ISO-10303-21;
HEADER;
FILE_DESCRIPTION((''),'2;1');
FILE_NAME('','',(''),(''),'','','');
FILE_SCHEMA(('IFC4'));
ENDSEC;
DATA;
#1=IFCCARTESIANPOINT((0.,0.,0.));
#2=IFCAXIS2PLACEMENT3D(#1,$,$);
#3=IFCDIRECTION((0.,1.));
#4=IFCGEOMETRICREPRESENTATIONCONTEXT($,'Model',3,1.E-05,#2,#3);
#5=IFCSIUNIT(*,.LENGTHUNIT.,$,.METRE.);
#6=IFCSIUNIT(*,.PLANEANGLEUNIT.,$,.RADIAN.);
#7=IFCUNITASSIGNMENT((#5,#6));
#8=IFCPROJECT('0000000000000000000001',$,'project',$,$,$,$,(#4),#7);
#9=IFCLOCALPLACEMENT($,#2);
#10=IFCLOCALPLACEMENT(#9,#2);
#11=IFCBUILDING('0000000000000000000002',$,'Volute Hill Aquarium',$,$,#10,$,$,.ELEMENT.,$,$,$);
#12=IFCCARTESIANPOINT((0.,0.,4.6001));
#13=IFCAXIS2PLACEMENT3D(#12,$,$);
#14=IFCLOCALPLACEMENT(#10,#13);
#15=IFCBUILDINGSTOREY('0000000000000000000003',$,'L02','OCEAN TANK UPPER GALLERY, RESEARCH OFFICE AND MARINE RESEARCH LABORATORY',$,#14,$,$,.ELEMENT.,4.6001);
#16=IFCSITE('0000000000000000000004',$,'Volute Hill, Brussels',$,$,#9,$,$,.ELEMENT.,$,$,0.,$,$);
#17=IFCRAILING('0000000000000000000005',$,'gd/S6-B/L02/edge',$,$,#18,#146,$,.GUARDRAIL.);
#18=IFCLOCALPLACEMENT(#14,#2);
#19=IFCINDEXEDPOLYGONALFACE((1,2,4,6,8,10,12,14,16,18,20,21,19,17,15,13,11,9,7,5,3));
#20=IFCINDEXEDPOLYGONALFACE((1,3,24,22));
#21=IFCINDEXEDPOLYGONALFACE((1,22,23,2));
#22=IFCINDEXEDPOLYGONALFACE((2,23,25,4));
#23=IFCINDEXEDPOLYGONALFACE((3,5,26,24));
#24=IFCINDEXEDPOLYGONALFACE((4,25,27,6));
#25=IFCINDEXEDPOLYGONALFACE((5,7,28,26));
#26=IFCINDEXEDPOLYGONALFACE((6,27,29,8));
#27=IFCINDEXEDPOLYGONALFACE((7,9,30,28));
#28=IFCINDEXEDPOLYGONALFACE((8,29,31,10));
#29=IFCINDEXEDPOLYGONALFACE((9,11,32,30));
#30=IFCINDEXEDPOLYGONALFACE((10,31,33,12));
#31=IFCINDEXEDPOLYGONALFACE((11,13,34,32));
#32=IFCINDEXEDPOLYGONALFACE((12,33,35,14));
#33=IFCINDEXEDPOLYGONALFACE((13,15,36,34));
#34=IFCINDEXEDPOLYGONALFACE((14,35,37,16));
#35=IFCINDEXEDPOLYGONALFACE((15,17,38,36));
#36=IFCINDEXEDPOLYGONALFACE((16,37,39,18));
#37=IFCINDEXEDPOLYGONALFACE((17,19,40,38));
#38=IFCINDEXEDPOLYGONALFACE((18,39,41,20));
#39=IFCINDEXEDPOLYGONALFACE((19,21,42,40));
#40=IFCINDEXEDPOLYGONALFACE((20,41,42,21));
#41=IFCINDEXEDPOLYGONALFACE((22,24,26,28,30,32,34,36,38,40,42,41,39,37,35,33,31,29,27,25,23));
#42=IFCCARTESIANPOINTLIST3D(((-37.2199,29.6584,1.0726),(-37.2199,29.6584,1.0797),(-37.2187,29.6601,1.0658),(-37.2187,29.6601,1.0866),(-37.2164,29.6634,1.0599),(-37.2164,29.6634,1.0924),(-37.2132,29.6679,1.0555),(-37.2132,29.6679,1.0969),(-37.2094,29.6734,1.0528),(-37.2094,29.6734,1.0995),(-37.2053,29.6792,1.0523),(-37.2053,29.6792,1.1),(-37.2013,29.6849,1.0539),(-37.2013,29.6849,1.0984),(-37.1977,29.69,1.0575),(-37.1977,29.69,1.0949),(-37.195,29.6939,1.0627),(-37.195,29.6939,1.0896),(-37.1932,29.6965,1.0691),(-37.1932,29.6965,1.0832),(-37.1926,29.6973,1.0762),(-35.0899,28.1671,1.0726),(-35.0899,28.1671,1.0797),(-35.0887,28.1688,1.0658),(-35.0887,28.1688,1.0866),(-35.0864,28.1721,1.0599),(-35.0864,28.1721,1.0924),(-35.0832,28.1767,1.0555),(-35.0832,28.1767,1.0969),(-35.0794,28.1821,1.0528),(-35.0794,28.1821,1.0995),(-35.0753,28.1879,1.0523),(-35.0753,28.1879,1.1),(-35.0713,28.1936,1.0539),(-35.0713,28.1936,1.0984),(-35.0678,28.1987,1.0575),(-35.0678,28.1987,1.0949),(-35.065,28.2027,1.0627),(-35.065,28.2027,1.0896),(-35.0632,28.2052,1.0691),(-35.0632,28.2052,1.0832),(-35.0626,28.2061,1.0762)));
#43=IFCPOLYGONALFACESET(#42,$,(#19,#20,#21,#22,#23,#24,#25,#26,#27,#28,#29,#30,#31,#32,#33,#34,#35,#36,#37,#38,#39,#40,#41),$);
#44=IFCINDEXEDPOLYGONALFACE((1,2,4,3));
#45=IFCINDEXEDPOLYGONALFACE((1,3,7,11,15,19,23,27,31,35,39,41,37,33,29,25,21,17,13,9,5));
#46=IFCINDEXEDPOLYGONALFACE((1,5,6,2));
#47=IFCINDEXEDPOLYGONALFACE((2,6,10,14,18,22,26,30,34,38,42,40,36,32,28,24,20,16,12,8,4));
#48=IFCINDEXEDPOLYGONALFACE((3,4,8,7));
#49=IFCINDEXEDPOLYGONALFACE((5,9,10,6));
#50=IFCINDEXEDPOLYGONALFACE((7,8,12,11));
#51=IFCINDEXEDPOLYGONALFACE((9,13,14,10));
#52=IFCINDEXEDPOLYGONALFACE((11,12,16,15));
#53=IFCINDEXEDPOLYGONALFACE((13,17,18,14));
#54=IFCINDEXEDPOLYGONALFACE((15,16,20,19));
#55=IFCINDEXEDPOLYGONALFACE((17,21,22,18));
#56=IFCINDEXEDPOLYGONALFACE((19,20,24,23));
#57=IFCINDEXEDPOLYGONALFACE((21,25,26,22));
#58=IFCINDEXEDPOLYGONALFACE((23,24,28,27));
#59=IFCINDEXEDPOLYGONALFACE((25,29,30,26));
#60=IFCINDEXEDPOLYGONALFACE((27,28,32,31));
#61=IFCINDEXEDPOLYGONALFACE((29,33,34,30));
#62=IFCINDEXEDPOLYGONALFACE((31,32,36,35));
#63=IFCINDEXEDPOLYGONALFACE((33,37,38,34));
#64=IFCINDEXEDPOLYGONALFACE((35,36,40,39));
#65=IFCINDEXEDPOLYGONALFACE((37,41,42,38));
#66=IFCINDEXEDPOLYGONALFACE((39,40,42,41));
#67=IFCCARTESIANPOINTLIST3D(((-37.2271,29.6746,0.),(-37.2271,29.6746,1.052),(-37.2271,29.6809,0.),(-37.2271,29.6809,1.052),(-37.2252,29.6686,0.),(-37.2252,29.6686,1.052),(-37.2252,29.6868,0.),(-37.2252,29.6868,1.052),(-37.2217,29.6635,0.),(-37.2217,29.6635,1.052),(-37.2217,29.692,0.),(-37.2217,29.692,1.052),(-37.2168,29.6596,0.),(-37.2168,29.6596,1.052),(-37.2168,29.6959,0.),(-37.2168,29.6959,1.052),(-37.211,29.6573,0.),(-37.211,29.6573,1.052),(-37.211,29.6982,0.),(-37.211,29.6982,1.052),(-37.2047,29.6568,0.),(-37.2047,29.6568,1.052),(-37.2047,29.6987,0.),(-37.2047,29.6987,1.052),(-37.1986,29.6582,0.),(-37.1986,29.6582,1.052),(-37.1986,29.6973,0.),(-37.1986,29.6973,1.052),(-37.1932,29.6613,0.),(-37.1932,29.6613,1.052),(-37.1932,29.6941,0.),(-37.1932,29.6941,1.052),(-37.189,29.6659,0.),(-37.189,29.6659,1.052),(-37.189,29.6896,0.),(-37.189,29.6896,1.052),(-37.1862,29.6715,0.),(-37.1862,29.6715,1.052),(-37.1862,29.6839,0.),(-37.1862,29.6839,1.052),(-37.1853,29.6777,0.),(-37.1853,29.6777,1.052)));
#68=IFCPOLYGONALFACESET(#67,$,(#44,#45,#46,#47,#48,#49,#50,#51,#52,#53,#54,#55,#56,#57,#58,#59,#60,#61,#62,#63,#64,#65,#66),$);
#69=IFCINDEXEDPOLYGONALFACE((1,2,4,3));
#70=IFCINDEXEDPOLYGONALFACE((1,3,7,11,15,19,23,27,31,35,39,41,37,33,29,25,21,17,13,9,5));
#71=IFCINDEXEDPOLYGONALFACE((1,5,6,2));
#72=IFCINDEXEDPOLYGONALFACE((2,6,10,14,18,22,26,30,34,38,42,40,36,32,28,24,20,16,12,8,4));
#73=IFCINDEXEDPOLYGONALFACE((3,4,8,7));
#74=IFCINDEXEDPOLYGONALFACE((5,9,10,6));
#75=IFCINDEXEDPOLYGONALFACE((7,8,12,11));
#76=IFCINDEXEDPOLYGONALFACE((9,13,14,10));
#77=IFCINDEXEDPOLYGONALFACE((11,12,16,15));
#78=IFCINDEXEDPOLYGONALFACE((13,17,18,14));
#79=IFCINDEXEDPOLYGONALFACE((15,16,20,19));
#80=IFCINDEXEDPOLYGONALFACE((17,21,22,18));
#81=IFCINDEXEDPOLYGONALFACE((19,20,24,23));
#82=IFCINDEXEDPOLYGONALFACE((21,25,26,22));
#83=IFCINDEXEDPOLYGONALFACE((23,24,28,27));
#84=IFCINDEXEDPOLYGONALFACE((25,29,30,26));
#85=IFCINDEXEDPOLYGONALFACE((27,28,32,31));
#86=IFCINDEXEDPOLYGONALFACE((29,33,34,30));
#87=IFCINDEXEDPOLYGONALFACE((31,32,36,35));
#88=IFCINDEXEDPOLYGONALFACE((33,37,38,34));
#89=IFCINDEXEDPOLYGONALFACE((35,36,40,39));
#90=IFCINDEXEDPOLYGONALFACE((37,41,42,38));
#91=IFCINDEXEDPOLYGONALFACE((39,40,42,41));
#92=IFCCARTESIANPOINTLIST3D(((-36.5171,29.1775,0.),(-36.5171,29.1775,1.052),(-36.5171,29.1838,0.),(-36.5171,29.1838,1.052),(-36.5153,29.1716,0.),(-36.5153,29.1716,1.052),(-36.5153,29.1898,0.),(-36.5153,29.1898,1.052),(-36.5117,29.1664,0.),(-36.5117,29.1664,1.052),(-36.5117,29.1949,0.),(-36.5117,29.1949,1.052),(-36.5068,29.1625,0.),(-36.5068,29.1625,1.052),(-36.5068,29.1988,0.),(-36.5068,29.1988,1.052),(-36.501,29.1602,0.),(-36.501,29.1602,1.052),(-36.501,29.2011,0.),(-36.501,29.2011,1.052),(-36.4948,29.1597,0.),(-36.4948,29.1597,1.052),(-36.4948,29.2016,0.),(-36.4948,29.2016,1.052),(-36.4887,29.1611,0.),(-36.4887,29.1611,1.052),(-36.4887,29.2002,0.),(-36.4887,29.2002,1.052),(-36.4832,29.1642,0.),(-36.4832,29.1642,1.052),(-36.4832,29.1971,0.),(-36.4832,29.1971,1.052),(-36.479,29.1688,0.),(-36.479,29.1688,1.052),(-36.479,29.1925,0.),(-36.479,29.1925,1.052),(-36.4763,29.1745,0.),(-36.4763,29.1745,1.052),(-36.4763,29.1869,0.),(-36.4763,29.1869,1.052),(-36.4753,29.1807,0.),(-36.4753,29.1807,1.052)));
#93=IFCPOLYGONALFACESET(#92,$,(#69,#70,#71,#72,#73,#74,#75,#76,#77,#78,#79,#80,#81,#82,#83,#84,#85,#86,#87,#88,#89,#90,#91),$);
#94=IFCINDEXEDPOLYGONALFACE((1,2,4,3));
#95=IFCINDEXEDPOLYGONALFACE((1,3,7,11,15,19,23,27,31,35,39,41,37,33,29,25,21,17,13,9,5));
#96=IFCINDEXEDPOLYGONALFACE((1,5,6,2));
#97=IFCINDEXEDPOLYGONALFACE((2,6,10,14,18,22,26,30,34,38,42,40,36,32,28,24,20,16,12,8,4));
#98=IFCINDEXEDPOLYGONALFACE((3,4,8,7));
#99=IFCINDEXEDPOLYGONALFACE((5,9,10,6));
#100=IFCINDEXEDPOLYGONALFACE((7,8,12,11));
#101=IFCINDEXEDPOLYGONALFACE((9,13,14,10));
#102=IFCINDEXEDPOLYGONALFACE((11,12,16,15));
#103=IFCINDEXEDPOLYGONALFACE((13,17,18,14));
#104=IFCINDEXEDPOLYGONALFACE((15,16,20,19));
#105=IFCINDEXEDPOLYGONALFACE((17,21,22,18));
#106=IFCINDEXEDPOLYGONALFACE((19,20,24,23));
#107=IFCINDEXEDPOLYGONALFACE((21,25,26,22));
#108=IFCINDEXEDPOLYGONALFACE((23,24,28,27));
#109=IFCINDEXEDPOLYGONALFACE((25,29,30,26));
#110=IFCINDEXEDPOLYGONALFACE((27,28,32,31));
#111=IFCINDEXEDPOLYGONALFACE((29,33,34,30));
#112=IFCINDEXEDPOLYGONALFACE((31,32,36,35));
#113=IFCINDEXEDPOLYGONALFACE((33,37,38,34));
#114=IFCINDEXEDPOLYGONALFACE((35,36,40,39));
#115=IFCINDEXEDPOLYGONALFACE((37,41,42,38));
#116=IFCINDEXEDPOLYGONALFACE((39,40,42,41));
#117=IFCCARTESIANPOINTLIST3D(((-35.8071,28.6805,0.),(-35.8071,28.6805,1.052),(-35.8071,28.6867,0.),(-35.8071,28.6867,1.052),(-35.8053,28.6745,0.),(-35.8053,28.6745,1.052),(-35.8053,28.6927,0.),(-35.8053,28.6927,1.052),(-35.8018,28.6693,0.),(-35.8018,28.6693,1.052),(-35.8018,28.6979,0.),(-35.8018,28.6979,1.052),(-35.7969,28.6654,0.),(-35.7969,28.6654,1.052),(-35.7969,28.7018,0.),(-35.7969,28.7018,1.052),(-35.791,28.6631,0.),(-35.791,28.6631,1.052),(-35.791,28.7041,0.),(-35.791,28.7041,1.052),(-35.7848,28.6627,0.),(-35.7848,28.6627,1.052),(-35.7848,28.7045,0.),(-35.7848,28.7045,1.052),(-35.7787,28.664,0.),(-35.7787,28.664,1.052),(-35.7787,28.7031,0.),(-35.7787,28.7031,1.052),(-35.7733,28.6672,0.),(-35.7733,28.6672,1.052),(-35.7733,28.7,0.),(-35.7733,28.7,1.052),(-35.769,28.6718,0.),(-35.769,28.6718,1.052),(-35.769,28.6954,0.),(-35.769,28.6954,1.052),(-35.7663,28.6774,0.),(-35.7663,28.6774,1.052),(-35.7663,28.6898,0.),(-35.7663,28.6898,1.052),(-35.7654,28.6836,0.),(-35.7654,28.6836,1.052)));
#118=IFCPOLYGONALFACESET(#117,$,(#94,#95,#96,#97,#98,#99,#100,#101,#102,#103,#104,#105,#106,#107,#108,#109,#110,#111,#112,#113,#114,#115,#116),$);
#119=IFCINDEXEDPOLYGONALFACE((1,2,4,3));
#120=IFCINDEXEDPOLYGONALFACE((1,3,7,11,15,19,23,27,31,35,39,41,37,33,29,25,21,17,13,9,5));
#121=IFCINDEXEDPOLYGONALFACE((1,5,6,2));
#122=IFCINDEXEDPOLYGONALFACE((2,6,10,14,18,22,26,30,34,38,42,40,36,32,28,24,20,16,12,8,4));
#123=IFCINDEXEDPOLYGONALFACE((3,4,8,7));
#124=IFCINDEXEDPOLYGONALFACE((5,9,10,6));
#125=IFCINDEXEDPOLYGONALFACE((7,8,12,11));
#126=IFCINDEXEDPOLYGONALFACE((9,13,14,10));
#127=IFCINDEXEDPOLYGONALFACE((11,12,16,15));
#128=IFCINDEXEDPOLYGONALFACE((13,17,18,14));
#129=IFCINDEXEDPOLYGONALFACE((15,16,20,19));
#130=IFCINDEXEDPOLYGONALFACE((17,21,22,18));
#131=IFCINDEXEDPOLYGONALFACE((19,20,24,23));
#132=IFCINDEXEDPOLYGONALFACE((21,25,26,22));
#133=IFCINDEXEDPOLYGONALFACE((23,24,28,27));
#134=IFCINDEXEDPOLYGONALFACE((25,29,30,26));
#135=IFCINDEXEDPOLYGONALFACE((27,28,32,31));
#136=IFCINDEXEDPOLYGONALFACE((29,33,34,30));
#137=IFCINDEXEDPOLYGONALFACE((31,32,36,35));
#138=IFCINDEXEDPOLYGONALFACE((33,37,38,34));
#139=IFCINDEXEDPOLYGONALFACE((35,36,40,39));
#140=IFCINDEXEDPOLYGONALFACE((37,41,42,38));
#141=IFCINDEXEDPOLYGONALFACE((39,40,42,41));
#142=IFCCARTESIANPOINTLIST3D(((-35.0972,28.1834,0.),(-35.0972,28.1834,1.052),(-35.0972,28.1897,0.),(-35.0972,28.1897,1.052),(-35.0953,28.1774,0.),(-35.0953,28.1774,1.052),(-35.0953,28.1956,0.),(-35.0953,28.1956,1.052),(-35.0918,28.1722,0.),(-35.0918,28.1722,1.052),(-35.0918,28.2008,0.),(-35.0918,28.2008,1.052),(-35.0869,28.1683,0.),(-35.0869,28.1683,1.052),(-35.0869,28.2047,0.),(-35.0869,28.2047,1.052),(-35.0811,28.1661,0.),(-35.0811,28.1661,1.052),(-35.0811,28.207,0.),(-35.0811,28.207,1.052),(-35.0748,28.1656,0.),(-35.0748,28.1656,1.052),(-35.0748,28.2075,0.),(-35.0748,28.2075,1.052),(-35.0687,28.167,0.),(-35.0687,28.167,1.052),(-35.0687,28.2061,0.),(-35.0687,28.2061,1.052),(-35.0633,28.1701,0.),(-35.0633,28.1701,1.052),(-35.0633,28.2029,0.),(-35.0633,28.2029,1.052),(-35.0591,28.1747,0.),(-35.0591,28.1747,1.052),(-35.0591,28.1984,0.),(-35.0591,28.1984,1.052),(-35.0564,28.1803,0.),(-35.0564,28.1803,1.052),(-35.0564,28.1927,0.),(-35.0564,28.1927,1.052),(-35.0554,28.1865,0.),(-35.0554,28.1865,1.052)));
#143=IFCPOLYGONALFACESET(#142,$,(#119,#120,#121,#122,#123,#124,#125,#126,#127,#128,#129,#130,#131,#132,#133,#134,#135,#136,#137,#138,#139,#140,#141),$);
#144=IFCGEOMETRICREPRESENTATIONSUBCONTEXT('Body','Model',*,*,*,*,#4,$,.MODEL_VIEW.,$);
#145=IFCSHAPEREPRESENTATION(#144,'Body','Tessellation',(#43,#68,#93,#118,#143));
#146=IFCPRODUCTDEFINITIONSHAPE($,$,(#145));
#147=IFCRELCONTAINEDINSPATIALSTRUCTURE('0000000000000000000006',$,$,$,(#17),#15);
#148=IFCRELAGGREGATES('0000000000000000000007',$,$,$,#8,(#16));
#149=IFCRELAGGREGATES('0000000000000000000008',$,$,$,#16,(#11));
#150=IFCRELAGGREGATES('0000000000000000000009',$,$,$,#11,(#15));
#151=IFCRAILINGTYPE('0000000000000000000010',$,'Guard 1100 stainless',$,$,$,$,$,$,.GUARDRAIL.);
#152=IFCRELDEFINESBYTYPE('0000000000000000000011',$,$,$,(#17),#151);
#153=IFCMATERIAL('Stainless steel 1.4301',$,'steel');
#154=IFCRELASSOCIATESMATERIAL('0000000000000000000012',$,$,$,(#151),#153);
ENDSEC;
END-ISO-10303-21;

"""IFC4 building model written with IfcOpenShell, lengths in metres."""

from ifc_helpers import new_model, si_unit, direction, frame, origin, origin_2d, place, context, subcontext, project, spatial, circle, extrude, material, type_object, element, save


model = new_model("IFC4")

# Units and contexts
model_context = context("Model", 3, precision=1e-05, world=origin(), true_north=direction((0.0, 1.0)))
body_context = subcontext(model_context, "Body", "Model", "MODEL_VIEW")
ifc_project = project(units=[si_unit("LENGTHUNIT", "METRE"), si_unit("PLANEANGLEUNIT", "RADIAN")], contexts=[model_context])

# Site, building, storey
site_placement = place(None, origin())
site = spatial("IfcSite", under=ifc_project, at=site_placement, Name="Volute Hill, Brussels", CompositionType="ELEMENT", RefElevation=0.0)
building_placement = place(site_placement, origin())
building = spatial("IfcBuilding", under=site, at=building_placement, Name="Volute Hill Aquarium", CompositionType="ELEMENT")
storey_placement = place(building_placement, frame((0.0, 0.0, 4.6001)))
storey = spatial("IfcBuildingStorey", under=building, at=storey_placement, Name="L02", Description="OCEAN TANK UPPER GALLERY, RESEARCH OFFICE AND MARINE RESEARCH LABORATORY", CompositionType="ELEMENT", Elevation=4.6001)

# Railing
ifc_material_1 = material(Name="Stainless steel 1.4301", Category="steel")
railing_type_1 = type_object("IfcRailingType", Name="Guard 1100 stainless", PredefinedType="GUARDRAIL", material=ifc_material_1)
railing_1_placement = place(storey_placement, frame((-37.2063, 29.6777, 0.0)))
element("IfcRailing", 1, at=railing_1_placement, inside=storey, type_object=railing_type_1, Name="gd/S6-B/L02/edge", PredefinedType="GUARDRAIL", context=body_context, shape_type="SweptSolid", body=[
    extrude(circle(Radius=0.0239, at=origin_2d()), frame((0.0, 0.0, 1.0762), z_axis=(0.819179, -0.573538, 0.0), x_axis=(0.573538, 0.819179, 0.0)), (0.0, 0.0, 1.0), 2.6001),
    extrude(circle(Radius=0.021, at=origin_2d()), origin(), (0.0, 0.0, 1.0), 1.052),
    extrude(circle(Radius=0.021, at=origin_2d()), frame((0.71, -0.4971, 0.0)), (0.0, 0.0, 1.0), 1.052),
    extrude(circle(Radius=0.021, at=origin_2d()), frame((1.4199, -0.9941, 0.0)), (0.0, 0.0, 1.0), 1.052),
    extrude(circle(Radius=0.021, at=origin_2d()), frame((2.1299, -1.4912, 0.0)), (0.0, 0.0, 1.0), 1.052),
])

save(model, "model.ifc")
